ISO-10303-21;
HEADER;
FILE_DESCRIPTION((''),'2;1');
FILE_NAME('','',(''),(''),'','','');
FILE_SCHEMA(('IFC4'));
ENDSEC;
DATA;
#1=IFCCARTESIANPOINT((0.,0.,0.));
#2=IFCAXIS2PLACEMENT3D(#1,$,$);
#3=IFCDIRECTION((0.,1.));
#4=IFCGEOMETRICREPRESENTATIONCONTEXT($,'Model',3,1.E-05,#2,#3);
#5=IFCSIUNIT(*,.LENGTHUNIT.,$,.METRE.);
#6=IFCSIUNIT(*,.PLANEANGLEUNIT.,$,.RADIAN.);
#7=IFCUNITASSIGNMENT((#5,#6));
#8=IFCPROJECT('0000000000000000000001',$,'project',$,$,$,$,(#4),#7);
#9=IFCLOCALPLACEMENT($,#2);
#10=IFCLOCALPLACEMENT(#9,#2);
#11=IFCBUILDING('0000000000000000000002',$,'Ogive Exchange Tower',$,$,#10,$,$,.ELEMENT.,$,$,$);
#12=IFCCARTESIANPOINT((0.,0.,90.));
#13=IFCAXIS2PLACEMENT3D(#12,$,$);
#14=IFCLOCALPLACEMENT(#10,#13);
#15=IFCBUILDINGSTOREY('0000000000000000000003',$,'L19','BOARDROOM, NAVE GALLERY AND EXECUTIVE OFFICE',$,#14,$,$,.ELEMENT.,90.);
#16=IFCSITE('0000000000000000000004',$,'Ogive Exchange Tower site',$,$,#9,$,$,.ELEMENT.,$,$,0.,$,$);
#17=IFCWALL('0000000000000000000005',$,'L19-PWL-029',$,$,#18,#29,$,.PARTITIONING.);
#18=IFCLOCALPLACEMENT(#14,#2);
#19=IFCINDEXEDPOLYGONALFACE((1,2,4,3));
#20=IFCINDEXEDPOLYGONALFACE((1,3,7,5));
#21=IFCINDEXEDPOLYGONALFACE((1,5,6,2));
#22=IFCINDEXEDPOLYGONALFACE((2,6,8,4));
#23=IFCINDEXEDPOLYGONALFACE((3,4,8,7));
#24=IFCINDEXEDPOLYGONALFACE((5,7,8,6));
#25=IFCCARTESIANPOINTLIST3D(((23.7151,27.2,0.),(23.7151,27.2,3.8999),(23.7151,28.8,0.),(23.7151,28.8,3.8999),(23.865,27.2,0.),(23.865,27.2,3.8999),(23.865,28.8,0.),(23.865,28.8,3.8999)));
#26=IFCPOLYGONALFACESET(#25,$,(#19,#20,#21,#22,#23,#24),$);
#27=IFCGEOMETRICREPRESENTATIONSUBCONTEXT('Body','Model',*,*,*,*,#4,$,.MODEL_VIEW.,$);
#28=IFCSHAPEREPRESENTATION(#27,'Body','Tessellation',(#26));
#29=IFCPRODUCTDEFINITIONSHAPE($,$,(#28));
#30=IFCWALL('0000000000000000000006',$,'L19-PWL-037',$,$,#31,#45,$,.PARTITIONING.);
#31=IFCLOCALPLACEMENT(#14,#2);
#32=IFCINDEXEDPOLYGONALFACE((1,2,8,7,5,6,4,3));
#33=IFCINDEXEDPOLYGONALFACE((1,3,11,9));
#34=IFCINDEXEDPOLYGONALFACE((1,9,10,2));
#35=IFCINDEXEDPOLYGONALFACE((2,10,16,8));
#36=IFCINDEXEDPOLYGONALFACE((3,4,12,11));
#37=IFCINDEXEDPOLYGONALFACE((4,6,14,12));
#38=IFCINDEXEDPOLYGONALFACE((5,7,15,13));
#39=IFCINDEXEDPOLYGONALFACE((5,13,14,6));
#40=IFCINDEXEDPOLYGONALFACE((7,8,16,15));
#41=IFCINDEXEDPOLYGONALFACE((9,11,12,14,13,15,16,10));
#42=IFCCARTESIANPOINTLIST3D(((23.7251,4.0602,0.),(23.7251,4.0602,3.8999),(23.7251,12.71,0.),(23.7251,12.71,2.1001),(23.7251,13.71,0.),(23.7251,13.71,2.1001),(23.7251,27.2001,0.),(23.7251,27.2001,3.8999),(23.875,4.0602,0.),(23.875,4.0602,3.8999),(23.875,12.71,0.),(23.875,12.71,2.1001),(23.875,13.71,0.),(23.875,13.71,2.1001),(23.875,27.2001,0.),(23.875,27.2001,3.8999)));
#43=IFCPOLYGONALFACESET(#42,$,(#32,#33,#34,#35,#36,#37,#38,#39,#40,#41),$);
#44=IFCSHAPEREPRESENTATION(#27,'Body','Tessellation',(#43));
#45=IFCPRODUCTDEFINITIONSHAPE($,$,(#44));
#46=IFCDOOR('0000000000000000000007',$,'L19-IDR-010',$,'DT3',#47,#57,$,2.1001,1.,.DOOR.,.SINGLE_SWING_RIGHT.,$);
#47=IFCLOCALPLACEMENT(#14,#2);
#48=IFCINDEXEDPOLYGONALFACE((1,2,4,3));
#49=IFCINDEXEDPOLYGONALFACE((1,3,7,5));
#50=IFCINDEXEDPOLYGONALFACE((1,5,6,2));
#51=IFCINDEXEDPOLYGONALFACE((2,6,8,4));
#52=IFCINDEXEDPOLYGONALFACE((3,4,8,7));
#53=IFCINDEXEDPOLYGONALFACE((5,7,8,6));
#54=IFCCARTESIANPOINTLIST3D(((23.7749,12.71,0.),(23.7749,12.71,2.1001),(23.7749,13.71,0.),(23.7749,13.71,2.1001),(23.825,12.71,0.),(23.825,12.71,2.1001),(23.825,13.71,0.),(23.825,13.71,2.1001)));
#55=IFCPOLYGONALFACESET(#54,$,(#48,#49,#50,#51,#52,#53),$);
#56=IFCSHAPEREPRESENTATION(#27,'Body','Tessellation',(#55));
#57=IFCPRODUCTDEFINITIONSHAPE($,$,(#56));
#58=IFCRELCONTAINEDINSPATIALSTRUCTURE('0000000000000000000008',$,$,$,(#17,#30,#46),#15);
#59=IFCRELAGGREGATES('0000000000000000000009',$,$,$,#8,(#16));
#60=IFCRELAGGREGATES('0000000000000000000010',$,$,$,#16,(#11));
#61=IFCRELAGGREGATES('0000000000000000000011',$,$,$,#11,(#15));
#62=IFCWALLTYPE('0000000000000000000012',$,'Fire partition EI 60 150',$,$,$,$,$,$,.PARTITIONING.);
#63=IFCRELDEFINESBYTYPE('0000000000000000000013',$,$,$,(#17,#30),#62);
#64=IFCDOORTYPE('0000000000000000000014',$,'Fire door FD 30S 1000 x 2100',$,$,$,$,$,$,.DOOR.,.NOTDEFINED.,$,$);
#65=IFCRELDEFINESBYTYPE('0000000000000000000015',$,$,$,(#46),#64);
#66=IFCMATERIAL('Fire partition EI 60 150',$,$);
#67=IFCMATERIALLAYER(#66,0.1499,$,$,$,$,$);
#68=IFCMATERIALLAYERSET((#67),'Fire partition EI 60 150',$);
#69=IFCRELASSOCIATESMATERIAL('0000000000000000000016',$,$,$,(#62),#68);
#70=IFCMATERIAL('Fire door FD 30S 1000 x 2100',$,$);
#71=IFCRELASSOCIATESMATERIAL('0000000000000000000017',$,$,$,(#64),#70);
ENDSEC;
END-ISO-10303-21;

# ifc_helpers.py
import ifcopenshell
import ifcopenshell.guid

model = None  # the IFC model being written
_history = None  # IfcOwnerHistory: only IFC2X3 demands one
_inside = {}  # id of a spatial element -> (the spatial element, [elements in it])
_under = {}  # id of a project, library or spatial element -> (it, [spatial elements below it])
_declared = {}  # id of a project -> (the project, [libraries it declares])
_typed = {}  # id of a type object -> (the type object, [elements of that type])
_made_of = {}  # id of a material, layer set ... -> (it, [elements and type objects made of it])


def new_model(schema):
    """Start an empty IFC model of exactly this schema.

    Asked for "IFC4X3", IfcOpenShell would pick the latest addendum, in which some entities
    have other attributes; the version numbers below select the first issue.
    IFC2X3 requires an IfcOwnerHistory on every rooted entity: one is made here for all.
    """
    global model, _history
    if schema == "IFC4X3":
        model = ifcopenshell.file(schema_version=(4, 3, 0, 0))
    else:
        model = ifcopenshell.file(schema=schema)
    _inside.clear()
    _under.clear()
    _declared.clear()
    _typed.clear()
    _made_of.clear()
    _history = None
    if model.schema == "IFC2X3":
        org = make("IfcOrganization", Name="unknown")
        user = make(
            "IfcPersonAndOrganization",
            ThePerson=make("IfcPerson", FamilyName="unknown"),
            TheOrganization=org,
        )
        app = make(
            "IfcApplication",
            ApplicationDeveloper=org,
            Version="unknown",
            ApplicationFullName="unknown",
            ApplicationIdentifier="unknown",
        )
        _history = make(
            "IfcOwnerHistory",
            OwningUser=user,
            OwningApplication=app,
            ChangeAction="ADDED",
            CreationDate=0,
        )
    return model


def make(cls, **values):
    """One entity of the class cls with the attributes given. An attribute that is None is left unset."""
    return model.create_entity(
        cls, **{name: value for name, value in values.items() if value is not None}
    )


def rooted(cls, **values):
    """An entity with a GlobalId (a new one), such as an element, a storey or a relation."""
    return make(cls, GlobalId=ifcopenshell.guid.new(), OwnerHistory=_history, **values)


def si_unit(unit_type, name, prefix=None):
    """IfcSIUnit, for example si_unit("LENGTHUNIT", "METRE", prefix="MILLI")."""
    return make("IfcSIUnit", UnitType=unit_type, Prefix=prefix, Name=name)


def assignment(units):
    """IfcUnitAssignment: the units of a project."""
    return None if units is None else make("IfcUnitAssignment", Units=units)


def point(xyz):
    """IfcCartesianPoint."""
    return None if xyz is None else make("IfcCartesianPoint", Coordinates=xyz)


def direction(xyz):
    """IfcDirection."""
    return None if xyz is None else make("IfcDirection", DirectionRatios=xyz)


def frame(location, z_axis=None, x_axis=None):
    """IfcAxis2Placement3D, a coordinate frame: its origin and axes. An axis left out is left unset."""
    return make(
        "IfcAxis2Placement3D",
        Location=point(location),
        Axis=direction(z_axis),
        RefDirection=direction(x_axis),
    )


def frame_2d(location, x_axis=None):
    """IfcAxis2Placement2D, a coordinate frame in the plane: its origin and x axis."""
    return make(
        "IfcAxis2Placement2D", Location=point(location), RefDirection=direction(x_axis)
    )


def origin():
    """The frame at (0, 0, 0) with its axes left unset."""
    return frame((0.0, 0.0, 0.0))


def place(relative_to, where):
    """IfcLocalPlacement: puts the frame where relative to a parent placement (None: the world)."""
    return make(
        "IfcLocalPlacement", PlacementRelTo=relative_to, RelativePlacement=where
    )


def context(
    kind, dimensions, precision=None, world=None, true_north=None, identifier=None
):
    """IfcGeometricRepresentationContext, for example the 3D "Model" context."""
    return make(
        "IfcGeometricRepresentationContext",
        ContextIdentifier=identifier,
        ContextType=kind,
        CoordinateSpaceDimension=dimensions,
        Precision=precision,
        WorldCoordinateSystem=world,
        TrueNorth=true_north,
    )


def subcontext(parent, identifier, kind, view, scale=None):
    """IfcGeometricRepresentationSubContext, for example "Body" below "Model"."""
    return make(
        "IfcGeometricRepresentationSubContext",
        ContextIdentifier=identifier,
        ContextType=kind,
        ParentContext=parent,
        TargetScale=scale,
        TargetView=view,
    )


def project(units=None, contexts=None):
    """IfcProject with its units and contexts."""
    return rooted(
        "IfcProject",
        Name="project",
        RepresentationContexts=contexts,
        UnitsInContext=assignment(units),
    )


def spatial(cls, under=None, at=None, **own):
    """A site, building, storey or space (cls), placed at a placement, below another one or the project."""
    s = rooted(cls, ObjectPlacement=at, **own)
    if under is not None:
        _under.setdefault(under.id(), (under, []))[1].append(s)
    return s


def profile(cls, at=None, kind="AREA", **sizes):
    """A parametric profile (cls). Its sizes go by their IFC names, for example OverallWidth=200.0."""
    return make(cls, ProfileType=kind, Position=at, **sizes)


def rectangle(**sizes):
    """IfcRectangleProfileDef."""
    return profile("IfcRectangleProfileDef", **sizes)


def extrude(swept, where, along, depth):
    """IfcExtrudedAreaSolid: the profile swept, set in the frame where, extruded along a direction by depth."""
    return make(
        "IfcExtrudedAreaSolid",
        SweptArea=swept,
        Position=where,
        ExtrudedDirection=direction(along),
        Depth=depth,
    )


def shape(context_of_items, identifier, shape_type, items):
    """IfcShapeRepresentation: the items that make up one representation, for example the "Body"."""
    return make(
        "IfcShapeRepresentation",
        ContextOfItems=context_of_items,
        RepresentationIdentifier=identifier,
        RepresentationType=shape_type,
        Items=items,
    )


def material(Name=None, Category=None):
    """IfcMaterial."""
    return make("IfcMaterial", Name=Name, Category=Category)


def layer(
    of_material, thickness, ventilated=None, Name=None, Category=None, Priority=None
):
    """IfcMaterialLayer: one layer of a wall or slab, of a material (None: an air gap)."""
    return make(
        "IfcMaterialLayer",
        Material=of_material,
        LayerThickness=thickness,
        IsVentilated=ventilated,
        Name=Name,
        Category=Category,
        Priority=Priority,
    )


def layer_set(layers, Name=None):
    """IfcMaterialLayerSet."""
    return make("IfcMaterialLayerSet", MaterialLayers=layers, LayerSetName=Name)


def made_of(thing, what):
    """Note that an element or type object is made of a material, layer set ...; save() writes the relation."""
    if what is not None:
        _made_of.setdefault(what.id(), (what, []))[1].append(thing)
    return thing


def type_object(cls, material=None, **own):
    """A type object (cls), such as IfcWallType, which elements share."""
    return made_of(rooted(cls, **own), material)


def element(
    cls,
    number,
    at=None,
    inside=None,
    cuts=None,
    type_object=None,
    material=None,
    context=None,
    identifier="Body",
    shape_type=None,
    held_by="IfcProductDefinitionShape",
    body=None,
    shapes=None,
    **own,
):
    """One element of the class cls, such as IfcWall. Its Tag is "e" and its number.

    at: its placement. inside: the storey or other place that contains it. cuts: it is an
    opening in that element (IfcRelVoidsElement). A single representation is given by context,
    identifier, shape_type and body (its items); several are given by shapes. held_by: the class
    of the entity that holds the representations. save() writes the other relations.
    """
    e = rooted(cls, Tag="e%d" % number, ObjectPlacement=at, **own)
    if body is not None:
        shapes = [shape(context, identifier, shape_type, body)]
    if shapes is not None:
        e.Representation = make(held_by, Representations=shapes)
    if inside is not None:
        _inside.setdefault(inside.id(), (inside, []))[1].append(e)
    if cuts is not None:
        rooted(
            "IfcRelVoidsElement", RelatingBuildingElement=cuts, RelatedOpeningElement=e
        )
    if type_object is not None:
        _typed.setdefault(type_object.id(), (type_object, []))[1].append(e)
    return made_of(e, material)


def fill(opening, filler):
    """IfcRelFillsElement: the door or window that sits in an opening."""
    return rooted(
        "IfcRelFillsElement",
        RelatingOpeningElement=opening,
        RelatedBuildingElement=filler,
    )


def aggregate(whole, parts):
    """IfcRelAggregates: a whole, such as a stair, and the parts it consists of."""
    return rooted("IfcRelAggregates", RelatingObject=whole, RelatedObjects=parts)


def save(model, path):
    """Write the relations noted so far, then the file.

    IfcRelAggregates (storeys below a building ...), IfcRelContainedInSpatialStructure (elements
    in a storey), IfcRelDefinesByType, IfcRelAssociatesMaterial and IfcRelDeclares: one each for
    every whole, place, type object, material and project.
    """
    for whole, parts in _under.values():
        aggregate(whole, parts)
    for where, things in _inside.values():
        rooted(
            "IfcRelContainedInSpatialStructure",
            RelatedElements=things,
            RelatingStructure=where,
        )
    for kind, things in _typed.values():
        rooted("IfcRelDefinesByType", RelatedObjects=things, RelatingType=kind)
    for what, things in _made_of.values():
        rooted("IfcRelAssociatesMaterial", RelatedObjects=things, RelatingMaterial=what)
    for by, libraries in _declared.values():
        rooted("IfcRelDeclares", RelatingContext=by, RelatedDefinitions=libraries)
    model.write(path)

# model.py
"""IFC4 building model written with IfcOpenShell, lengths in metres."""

from ifc_helpers import new_model, si_unit, direction, frame, frame_2d, origin, place, context, subcontext, project, spatial, rectangle, extrude, material, layer, layer_set, type_object, element, fill, save


model = new_model("IFC4")

# Units and contexts
model_context = context("Model", 3, precision=1e-05, world=origin(), true_north=direction((0.0, 1.0)))
body_context = subcontext(model_context, "Body", "Model", "MODEL_VIEW")
ifc_project = project(units=[si_unit("LENGTHUNIT", "METRE"), si_unit("PLANEANGLEUNIT", "RADIAN")], contexts=[model_context])

# Site, building, storey
site_placement = place(None, origin())
site = spatial("IfcSite", under=ifc_project, at=site_placement, Name="Ogive Exchange Tower site", CompositionType="ELEMENT", RefElevation=0.0)
building_placement = place(site_placement, origin())
building = spatial("IfcBuilding", under=site, at=building_placement, Name="Ogive Exchange Tower", CompositionType="ELEMENT")
storey_placement = place(building_placement, frame((0.0, 0.0, 90.0)))
storey = spatial("IfcBuildingStorey", under=building, at=storey_placement, Name="L19", Description="BOARDROOM, NAVE GALLERY AND EXECUTIVE OFFICE", CompositionType="ELEMENT", Elevation=90.0)

# Wall
ifc_material_1 = material(Name="Fire partition EI 60 150")
ifc_layer_1 = layer(ifc_material_1, 0.1499)
ifc_layer_set_1 = layer_set([ifc_layer_1], Name="Fire partition EI 60 150")
wall_type_1 = type_object("IfcWallType", Name="Fire partition EI 60 150", PredefinedType="PARTITIONING", material=ifc_layer_set_1)
wall_1_placement = place(storey_placement, frame((23.79, 28.8, 0.0), z_axis=(0.0, 0.0, 1.0), x_axis=(0.0, -1.0, 0.0)))
element("IfcWall", 1, at=wall_1_placement, inside=storey, type_object=wall_type_1, Name="L19-PWL-029", PredefinedType="PARTITIONING", context=body_context, shape_type="SweptSolid", body=[
    extrude(rectangle(XDim=1.6001, YDim=0.1499, at=frame_2d((0.8, 0.0))), origin(), (0.0, 0.0, 1.0), 3.8999),
])

# Wall, opening, door
wall_2_placement = place(storey_placement, frame((23.8, 27.2, 0.0), z_axis=(0.0, 0.0, 1.0), x_axis=(0.0, -1.0, 0.0)))
wall_2 = element("IfcWall", 2, at=wall_2_placement, inside=storey, type_object=wall_type_1, Name="L19-PWL-037", PredefinedType="PARTITIONING", context=body_context, shape_type="SweptSolid", body=[
    extrude(rectangle(XDim=23.1399, YDim=0.1499, at=frame_2d((11.5698, 0.0))), origin(), (0.0, 0.0, 1.0), 3.8999),
])
opening_1_placement = place(wall_2_placement, frame((13.49, 0.0, 0.0)))
opening_1 = element("IfcOpeningElement", 3, at=opening_1_placement, cuts=wall_2, PredefinedType="OPENING", context=body_context, shape_type="SweptSolid", body=[
    extrude(rectangle(XDim=1.0, YDim=2.1001, at=frame_2d((0.5, 1.05))), frame((0.0, 0.085, 0.0), z_axis=(0.0, -1.0, 0.0), x_axis=(1.0, 0.0, 0.0)), (0.0, 0.0, 1.0), 0.1699),
])
ifc_material_2 = material(Name="Fire door FD 30S 1000 x 2100")
door_type_1 = type_object("IfcDoorType", Name="Fire door FD 30S 1000 x 2100", OperationType="NOTDEFINED", PredefinedType="DOOR", material=ifc_material_2)
door_1_placement = place(opening_1_placement, origin())
door_1 = element("IfcDoor", 4, at=door_1_placement, inside=storey, type_object=door_type_1, Name="L19-IDR-010", ObjectType="DT3", OperationType="SINGLE_SWING_RIGHT", OverallHeight=2.1001, OverallWidth=1.0, PredefinedType="DOOR", context=body_context, shape_type="SweptSolid", body=[
    extrude(rectangle(XDim=1.0, YDim=2.1001, at=frame_2d((0.5, 1.05))), frame((0.0, 0.0249, 0.0), z_axis=(0.0, -1.0, 0.0), x_axis=(1.0, 0.0, 0.0)), (0.0, 0.0, 1.0), 0.05),
])
fill(opening_1, door_1)

save(model, "model.ifc")
